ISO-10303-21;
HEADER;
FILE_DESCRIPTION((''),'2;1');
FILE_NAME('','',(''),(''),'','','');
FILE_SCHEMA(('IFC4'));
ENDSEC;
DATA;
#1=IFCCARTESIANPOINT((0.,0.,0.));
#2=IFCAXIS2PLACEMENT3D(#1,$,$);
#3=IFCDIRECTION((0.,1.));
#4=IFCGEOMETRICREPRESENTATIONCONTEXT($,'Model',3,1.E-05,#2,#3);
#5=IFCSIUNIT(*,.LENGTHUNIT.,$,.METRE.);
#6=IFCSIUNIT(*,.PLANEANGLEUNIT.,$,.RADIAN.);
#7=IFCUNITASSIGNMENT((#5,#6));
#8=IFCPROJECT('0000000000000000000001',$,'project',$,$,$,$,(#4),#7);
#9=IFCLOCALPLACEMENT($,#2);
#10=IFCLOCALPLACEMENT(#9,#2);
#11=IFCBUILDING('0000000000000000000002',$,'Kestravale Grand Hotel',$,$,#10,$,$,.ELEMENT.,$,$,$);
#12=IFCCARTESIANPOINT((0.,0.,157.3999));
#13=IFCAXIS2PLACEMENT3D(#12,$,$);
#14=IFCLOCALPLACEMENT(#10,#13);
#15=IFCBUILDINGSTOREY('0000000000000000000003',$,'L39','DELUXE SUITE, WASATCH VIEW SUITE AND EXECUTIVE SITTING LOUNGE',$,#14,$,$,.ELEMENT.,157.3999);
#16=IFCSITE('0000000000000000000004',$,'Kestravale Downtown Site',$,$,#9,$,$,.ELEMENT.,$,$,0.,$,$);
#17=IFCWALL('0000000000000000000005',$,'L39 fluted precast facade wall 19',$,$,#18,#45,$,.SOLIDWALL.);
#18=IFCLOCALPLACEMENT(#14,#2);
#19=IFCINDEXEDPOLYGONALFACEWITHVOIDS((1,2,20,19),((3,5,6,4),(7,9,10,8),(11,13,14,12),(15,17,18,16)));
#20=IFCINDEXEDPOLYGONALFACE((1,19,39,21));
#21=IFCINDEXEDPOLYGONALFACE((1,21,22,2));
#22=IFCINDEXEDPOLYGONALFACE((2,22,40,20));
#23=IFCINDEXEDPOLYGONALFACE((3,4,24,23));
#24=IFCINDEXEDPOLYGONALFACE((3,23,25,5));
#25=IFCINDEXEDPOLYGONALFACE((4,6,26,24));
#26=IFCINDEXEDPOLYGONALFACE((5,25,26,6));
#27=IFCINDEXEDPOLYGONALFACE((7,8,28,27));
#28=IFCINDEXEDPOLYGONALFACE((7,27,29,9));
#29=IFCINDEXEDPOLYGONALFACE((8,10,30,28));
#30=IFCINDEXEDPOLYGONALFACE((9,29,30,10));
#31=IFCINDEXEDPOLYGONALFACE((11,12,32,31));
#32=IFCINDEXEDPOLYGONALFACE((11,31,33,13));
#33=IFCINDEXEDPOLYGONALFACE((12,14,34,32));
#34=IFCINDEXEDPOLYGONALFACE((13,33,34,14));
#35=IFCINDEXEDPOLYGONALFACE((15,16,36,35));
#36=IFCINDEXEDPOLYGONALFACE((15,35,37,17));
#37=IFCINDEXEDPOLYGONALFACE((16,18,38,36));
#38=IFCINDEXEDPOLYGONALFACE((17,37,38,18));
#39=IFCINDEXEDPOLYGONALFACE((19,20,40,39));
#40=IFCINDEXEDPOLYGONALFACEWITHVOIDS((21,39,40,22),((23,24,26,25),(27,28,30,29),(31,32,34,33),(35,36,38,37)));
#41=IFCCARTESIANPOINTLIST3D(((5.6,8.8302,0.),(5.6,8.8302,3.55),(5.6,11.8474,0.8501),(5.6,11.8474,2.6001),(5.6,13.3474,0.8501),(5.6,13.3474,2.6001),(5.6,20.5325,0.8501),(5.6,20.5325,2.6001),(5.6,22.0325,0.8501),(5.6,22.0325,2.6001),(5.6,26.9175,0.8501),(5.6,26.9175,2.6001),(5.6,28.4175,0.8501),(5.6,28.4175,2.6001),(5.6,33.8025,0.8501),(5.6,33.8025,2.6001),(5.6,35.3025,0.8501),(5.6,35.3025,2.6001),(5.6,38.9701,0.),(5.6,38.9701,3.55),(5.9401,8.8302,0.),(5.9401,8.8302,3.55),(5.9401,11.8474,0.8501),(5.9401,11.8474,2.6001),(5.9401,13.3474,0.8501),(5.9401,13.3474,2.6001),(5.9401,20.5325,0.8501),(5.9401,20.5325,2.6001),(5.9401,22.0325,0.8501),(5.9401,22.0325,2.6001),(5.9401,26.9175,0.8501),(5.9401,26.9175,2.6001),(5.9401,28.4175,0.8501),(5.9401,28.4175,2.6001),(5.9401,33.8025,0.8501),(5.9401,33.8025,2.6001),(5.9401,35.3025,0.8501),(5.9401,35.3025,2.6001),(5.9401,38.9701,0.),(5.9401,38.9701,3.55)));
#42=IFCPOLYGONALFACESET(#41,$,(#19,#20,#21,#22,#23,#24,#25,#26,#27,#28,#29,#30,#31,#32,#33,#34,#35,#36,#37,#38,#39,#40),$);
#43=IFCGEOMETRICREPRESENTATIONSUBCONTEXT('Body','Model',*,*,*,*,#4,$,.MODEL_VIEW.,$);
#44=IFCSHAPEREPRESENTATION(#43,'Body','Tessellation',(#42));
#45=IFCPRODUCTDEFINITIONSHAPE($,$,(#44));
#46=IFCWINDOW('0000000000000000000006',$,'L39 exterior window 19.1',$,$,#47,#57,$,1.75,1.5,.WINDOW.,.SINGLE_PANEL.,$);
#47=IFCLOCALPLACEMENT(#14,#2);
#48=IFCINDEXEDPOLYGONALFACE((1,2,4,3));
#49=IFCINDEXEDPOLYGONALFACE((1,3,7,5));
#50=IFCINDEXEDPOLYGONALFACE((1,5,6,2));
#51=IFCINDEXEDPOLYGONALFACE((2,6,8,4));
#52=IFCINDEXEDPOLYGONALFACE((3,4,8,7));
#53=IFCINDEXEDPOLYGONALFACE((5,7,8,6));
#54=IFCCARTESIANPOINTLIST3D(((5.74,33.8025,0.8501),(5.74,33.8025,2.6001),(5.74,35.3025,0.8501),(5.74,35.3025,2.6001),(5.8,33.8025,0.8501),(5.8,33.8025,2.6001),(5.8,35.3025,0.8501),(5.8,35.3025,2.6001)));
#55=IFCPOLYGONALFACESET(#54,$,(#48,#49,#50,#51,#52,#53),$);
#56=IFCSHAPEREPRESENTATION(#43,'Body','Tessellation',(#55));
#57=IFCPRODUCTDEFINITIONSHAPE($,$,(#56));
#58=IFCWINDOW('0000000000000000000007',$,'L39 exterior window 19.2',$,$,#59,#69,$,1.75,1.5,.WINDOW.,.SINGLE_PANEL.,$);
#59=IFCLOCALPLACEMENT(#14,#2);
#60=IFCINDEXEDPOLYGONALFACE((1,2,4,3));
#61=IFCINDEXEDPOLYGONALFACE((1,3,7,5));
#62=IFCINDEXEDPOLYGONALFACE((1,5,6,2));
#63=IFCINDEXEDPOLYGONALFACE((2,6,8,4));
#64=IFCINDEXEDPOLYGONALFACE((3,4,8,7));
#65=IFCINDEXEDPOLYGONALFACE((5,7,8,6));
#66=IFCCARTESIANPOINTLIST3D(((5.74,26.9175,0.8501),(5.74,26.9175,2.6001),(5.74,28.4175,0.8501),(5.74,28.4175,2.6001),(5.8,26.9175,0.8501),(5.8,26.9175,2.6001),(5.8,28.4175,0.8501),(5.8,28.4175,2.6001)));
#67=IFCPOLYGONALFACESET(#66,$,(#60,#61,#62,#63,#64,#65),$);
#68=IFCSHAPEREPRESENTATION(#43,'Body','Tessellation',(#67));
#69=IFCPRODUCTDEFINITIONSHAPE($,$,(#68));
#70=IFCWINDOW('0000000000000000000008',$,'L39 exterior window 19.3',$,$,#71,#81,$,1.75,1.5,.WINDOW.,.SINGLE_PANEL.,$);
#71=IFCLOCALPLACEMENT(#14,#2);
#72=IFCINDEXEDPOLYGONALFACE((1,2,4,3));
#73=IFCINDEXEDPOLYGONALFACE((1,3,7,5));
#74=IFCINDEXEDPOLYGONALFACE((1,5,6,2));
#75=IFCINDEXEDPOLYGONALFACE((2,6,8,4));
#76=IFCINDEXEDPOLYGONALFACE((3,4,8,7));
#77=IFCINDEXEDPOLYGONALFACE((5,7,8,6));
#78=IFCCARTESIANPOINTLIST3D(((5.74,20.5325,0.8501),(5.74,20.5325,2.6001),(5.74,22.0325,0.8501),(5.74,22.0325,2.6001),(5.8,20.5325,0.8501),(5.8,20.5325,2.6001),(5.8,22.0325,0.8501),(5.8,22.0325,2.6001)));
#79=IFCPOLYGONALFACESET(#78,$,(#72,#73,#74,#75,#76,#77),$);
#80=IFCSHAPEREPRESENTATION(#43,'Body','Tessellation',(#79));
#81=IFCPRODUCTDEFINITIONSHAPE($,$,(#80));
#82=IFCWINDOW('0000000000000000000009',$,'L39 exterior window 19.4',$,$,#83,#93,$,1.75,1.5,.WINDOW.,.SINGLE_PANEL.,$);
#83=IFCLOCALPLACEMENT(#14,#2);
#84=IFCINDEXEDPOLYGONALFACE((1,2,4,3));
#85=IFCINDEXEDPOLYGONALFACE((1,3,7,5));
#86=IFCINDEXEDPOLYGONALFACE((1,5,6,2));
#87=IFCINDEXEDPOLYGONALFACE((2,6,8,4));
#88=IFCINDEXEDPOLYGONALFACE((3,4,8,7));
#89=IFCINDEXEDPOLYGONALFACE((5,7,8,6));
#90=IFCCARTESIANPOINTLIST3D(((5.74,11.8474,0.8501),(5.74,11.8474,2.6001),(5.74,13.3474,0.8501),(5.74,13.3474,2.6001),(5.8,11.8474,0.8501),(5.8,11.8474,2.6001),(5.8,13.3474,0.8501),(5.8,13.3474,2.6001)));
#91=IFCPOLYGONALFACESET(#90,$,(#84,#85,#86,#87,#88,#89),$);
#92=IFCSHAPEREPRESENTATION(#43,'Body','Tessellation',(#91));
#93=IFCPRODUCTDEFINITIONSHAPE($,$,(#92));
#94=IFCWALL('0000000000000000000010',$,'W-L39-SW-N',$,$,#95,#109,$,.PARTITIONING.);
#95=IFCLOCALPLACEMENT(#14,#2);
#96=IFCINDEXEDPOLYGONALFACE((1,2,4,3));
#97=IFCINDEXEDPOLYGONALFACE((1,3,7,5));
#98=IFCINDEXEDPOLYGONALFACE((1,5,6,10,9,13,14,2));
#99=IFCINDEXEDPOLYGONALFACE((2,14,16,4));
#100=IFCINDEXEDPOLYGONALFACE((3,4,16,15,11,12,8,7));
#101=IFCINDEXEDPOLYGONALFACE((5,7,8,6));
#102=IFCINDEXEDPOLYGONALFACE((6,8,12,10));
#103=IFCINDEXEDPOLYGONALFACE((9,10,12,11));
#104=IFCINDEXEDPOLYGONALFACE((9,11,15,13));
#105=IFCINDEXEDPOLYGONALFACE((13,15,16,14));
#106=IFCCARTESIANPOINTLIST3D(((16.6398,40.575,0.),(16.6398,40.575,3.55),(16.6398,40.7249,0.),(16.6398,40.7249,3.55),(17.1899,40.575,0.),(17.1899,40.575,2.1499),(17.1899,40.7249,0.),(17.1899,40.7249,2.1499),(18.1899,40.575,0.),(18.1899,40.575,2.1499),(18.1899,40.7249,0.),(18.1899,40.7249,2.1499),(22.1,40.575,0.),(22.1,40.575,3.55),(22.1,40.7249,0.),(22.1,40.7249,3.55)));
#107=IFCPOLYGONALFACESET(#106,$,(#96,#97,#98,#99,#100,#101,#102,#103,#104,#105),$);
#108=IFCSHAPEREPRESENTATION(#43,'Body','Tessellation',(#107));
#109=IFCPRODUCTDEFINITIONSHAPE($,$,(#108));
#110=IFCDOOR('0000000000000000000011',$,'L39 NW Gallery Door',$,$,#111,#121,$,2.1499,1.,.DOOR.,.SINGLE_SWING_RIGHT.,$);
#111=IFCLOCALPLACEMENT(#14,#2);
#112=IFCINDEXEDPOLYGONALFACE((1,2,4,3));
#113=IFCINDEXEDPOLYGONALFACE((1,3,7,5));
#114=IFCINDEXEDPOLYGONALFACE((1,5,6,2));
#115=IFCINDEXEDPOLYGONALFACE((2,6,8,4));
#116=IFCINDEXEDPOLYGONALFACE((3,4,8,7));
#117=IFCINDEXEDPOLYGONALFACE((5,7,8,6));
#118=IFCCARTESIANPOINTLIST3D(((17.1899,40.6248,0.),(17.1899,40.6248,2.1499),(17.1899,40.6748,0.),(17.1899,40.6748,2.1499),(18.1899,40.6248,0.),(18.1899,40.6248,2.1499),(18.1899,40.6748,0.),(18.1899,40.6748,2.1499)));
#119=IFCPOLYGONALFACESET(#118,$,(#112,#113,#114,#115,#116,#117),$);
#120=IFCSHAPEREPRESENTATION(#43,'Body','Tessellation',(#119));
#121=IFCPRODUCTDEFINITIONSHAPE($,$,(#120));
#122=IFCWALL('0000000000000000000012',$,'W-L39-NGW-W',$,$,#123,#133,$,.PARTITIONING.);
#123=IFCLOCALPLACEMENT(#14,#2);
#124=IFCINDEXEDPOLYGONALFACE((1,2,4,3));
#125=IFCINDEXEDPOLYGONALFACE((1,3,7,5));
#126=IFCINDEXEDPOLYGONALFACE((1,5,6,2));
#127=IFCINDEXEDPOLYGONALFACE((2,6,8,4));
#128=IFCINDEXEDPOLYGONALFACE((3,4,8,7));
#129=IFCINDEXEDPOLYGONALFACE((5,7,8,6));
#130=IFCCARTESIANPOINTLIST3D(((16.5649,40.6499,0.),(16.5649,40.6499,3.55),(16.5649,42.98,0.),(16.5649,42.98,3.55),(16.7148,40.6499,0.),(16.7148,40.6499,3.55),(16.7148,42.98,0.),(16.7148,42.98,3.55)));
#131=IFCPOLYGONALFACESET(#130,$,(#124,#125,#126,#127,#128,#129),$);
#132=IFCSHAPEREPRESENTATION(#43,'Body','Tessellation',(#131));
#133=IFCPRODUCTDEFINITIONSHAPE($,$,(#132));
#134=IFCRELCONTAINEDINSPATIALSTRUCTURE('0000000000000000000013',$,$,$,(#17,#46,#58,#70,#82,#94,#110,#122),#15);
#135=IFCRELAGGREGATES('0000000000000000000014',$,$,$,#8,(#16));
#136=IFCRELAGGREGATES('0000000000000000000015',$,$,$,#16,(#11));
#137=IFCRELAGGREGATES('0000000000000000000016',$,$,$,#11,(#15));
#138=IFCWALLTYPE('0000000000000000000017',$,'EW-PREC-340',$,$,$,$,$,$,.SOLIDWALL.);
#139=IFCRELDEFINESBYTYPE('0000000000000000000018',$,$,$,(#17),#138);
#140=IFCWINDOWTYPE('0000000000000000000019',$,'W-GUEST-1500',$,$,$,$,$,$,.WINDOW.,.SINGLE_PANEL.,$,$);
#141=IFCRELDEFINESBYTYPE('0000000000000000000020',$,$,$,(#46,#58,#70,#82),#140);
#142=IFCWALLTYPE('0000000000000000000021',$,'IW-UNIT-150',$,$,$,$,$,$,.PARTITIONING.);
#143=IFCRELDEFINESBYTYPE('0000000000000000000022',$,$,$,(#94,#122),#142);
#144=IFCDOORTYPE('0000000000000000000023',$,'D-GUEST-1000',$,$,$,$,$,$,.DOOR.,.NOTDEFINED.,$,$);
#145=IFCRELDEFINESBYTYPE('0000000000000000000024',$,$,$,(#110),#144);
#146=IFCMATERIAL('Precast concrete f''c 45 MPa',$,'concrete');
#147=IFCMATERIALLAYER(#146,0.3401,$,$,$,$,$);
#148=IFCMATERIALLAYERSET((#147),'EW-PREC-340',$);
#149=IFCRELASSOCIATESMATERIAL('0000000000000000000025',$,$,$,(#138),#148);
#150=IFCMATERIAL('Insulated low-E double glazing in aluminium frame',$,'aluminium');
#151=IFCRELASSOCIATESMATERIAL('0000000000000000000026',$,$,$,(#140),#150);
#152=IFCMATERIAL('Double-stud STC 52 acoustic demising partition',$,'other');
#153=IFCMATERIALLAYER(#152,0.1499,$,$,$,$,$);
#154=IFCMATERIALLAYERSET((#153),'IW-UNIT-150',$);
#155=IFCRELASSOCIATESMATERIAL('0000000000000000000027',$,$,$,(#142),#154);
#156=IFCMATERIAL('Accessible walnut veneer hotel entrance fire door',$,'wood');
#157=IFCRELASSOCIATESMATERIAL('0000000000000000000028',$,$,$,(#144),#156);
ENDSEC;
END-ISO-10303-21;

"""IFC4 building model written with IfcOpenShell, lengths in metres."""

from ifc_helpers import new_model, si_unit, direction, frame, frame_2d, origin, place, context, subcontext, project, spatial, rectangle, extrude, material, layer, layer_set, type_object, element, fill, save


model = new_model("IFC4")

# Units and contexts
model_context = context("Model", 3, precision=1e-05, world=origin(), true_north=direction((0.0, 1.0)))
body_context = subcontext(model_context, "Body", "Model", "MODEL_VIEW")
ifc_project = project(units=[si_unit("LENGTHUNIT", "METRE"), si_unit("PLANEANGLEUNIT", "RADIAN")], contexts=[model_context])

# Site, building, storey
site_placement = place(None, origin())
site = spatial("IfcSite", under=ifc_project, at=site_placement, Name="Kestravale Downtown Site", CompositionType="ELEMENT", RefElevation=0.0)
building_placement = place(site_placement, origin())
building = spatial("IfcBuilding", under=site, at=building_placement, Name="Kestravale Grand Hotel", CompositionType="ELEMENT")
storey_placement = place(building_placement, frame((0.0, 0.0, 157.3999)))
storey = spatial("IfcBuildingStorey", under=building, at=storey_placement, Name="L39", Description="DELUXE SUITE, WASATCH VIEW SUITE AND EXECUTIVE SITTING LOUNGE", CompositionType="ELEMENT", Elevation=157.3999)

# Wall, openings, windows
ifc_material_1 = material(Name="Precast concrete f'c 45 MPa", Category="concrete")
ifc_layer_1 = layer(ifc_material_1, 0.3401)
ifc_layer_set_1 = layer_set([ifc_layer_1], Name="EW-PREC-340")
wall_type_1 = type_object("IfcWallType", Name="EW-PREC-340", PredefinedType="SOLIDWALL", material=ifc_layer_set_1)
wall_1_placement = place(storey_placement, frame((5.77, 38.97, 0.0), z_axis=(0.0, 0.0, 1.0), x_axis=(0.0, -1.0, 0.0)))
wall_1 = element("IfcWall", 1, at=wall_1_placement, inside=storey, type_object=wall_type_1, Name="L39 fluted precast facade wall 19", PredefinedType="SOLIDWALL", context=body_context, shape_type="SweptSolid", body=[
    extrude(rectangle(XDim=30.1399, YDim=0.3401, at=frame_2d((15.0698, 0.0))), origin(), (0.0, 0.0, 1.0), 3.55),
])
opening_1_placement = place(wall_1_placement, frame((3.6675, 0.0, 0.8501)))
opening_1 = element("IfcOpeningElement", 2, at=opening_1_placement, cuts=wall_1, PredefinedType="OPENING", context=body_context, shape_type="SweptSolid", body=[
    extrude(rectangle(XDim=1.5, YDim=1.75, at=frame_2d((0.75, 0.875))), frame((0.0, 0.1799, 0.0), z_axis=(0.0, -1.0, 0.0), x_axis=(1.0, 0.0, 0.0)), (0.0, 0.0, 1.0), 0.3601),
])
opening_2_placement = place(wall_1_placement, frame((10.5525, 0.0, 0.8501)))
opening_2 = element("IfcOpeningElement", 3, at=opening_2_placement, cuts=wall_1, PredefinedType="OPENING", context=body_context, shape_type="SweptSolid", body=[
    extrude(rectangle(XDim=1.5, YDim=1.75, at=frame_2d((0.75, 0.875))), frame((0.0, 0.1799, 0.0), z_axis=(0.0, -1.0, 0.0), x_axis=(1.0, 0.0, 0.0)), (0.0, 0.0, 1.0), 0.3601),
])
opening_3_placement = place(wall_1_placement, frame((16.9375, 0.0, 0.8501)))
opening_3 = element("IfcOpeningElement", 4, at=opening_3_placement, cuts=wall_1, PredefinedType="OPENING", context=body_context, shape_type="SweptSolid", body=[
    extrude(rectangle(XDim=1.5, YDim=1.75, at=frame_2d((0.75, 0.875))), frame((0.0, 0.1799, 0.0), z_axis=(0.0, -1.0, 0.0), x_axis=(1.0, 0.0, 0.0)), (0.0, 0.0, 1.0), 0.3601),
])
opening_4_placement = place(wall_1_placement, frame((25.6226, 0.0, 0.8501)))
opening_4 = element("IfcOpeningElement", 5, at=opening_4_placement, cuts=wall_1, PredefinedType="OPENING", context=body_context, shape_type="SweptSolid", body=[
    extrude(rectangle(XDim=1.5, YDim=1.75, at=frame_2d((0.75, 0.875))), frame((0.0, 0.1799, 0.0), z_axis=(0.0, -1.0, 0.0), x_axis=(1.0, 0.0, 0.0)), (0.0, 0.0, 1.0), 0.3601),
])
ifc_material_2 = material(Name="Insulated low-E double glazing in aluminium frame", Category="aluminium")
window_type = type_object("IfcWindowType", Name="W-GUEST-1500", PartitioningType="SINGLE_PANEL", PredefinedType="WINDOW", material=ifc_material_2)
window_1_placement = place(opening_1_placement, origin())
window_1 = element("IfcWindow", 6, at=window_1_placement, inside=storey, type_object=window_type, Name="L39 exterior window 19.1", OverallHeight=1.75, OverallWidth=1.5, PartitioningType="SINGLE_PANEL", PredefinedType="WINDOW", context=body_context, shape_type="SweptSolid", body=[
    extrude(rectangle(XDim=1.5, YDim=1.75, at=frame_2d((0.75, 0.875))), frame((0.0, 0.03, 0.0), z_axis=(0.0, -1.0, 0.0), x_axis=(1.0, 0.0, 0.0)), (0.0, 0.0, 1.0), 0.0601),
])
fill(opening_1, window_1)
window_2_placement = place(opening_2_placement, origin())
window_2 = element("IfcWindow", 7, at=window_2_placement, inside=storey, type_object=window_type, Name="L39 exterior window 19.2", OverallHeight=1.75, OverallWidth=1.5, PartitioningType="SINGLE_PANEL", PredefinedType="WINDOW", context=body_context, shape_type="SweptSolid", body=[
    extrude(rectangle(XDim=1.5, YDim=1.75, at=frame_2d((0.75, 0.875))), frame((0.0, 0.03, 0.0), z_axis=(0.0, -1.0, 0.0), x_axis=(1.0, 0.0, 0.0)), (0.0, 0.0, 1.0), 0.0601),
])
fill(opening_2, window_2)
window_3_placement = place(opening_3_placement, origin())
window_3 = element("IfcWindow", 8, at=window_3_placement, inside=storey, type_object=window_type, Name="L39 exterior window 19.3", OverallHeight=1.75, OverallWidth=1.5, PartitioningType="SINGLE_PANEL", PredefinedType="WINDOW", context=body_context, shape_type="SweptSolid", body=[
    extrude(rectangle(XDim=1.5, YDim=1.75, at=frame_2d((0.75, 0.875))), frame((0.0, 0.03, 0.0), z_axis=(0.0, -1.0, 0.0), x_axis=(1.0, 0.0, 0.0)), (0.0, 0.0, 1.0), 0.0601),
])
fill(opening_3, window_3)
window_4_placement = place(opening_4_placement, origin())
window_4 = element("IfcWindow", 9, at=window_4_placement, inside=storey, type_object=window_type, Name="L39 exterior window 19.4", OverallHeight=1.75, OverallWidth=1.5, PartitioningType="SINGLE_PANEL", PredefinedType="WINDOW", context=body_context, shape_type="SweptSolid", body=[
    extrude(rectangle(XDim=1.5, YDim=1.75, at=frame_2d((0.75, 0.875))), frame((0.0, 0.03, 0.0), z_axis=(0.0, -1.0, 0.0), x_axis=(1.0, 0.0, 0.0)), (0.0, 0.0, 1.0), 0.0601),
])
fill(opening_4, window_4)

# Wall, opening, door
ifc_material_3 = material(Name="Double-stud STC 52 acoustic demising partition", Category="other")
ifc_layer_2 = layer(ifc_material_3, 0.1499)
ifc_layer_set_2 = layer_set([ifc_layer_2], Name="IW-UNIT-150")
wall_type_2 = type_object("IfcWallType", Name="IW-UNIT-150", PredefinedType="PARTITIONING", material=ifc_layer_set_2)
wall_2_placement = place(storey_placement, frame((16.6399, 40.6499, 0.0), z_axis=(0.0, 0.0, 1.0), x_axis=(1.0, 0.0, 0.0)))
wall_2 = element("IfcWall", 10, at=wall_2_placement, inside=storey, type_object=wall_type_2, Name="W-L39-SW-N", PredefinedType="PARTITIONING", context=body_context, shape_type="SweptSolid", body=[
    extrude(rectangle(XDim=5.4602, YDim=0.1499, at=frame_2d((2.73, 0.0))), origin(), (0.0, 0.0, 1.0), 3.55),
])
opening_5_placement = place(wall_2_placement, frame((0.55, 0.0, 0.0)))
opening_5 = element("IfcOpeningElement", 11, at=opening_5_placement, cuts=wall_2, PredefinedType="OPENING", context=body_context, shape_type="SweptSolid", body=[
    extrude(rectangle(XDim=1.0, YDim=2.1499, at=frame_2d((0.5, 1.075))), frame((0.0, 0.085, 0.0), z_axis=(0.0, -1.0, 0.0), x_axis=(1.0, 0.0, 0.0)), (0.0, 0.0, 1.0), 0.1699),
])
ifc_material_4 = material(Name="Accessible walnut veneer hotel entrance fire door", Category="wood")
door_type = type_object("IfcDoorType", Name="D-GUEST-1000", OperationType="NOTDEFINED", PredefinedType="DOOR", material=ifc_material_4)
door_placement = place(opening_5_placement, origin())
door = element("IfcDoor", 12, at=door_placement, inside=storey, type_object=door_type, Name="L39 NW Gallery Door", OperationType="SINGLE_SWING_RIGHT", OverallHeight=2.1499, OverallWidth=1.0, PredefinedType="DOOR", context=body_context, shape_type="SweptSolid", body=[
    extrude(rectangle(XDim=1.0, YDim=2.1499, at=frame_2d((0.5, 1.075))), frame((0.0, 0.0249, 0.0), z_axis=(0.0, -1.0, 0.0), x_axis=(1.0, 0.0, 0.0)), (0.0, 0.0, 1.0), 0.05),
])
fill(opening_5, door)

# Wall
wall_3_placement = place(storey_placement, frame((16.6399, 40.6499, 0.0), z_axis=(0.0, 0.0, 1.0), x_axis=(0.0, 1.0, 0.0)))
element("IfcWall", 13, at=wall_3_placement, inside=storey, type_object=wall_type_2, Name="W-L39-NGW-W", PredefinedType="PARTITIONING", context=body_context, shape_type="SweptSolid", body=[
    extrude(rectangle(XDim=2.3301, YDim=0.1499, at=frame_2d((1.165, 0.0))), origin(), (0.0, 0.0, 1.0), 3.55),
])

save(model, "model.ifc")
